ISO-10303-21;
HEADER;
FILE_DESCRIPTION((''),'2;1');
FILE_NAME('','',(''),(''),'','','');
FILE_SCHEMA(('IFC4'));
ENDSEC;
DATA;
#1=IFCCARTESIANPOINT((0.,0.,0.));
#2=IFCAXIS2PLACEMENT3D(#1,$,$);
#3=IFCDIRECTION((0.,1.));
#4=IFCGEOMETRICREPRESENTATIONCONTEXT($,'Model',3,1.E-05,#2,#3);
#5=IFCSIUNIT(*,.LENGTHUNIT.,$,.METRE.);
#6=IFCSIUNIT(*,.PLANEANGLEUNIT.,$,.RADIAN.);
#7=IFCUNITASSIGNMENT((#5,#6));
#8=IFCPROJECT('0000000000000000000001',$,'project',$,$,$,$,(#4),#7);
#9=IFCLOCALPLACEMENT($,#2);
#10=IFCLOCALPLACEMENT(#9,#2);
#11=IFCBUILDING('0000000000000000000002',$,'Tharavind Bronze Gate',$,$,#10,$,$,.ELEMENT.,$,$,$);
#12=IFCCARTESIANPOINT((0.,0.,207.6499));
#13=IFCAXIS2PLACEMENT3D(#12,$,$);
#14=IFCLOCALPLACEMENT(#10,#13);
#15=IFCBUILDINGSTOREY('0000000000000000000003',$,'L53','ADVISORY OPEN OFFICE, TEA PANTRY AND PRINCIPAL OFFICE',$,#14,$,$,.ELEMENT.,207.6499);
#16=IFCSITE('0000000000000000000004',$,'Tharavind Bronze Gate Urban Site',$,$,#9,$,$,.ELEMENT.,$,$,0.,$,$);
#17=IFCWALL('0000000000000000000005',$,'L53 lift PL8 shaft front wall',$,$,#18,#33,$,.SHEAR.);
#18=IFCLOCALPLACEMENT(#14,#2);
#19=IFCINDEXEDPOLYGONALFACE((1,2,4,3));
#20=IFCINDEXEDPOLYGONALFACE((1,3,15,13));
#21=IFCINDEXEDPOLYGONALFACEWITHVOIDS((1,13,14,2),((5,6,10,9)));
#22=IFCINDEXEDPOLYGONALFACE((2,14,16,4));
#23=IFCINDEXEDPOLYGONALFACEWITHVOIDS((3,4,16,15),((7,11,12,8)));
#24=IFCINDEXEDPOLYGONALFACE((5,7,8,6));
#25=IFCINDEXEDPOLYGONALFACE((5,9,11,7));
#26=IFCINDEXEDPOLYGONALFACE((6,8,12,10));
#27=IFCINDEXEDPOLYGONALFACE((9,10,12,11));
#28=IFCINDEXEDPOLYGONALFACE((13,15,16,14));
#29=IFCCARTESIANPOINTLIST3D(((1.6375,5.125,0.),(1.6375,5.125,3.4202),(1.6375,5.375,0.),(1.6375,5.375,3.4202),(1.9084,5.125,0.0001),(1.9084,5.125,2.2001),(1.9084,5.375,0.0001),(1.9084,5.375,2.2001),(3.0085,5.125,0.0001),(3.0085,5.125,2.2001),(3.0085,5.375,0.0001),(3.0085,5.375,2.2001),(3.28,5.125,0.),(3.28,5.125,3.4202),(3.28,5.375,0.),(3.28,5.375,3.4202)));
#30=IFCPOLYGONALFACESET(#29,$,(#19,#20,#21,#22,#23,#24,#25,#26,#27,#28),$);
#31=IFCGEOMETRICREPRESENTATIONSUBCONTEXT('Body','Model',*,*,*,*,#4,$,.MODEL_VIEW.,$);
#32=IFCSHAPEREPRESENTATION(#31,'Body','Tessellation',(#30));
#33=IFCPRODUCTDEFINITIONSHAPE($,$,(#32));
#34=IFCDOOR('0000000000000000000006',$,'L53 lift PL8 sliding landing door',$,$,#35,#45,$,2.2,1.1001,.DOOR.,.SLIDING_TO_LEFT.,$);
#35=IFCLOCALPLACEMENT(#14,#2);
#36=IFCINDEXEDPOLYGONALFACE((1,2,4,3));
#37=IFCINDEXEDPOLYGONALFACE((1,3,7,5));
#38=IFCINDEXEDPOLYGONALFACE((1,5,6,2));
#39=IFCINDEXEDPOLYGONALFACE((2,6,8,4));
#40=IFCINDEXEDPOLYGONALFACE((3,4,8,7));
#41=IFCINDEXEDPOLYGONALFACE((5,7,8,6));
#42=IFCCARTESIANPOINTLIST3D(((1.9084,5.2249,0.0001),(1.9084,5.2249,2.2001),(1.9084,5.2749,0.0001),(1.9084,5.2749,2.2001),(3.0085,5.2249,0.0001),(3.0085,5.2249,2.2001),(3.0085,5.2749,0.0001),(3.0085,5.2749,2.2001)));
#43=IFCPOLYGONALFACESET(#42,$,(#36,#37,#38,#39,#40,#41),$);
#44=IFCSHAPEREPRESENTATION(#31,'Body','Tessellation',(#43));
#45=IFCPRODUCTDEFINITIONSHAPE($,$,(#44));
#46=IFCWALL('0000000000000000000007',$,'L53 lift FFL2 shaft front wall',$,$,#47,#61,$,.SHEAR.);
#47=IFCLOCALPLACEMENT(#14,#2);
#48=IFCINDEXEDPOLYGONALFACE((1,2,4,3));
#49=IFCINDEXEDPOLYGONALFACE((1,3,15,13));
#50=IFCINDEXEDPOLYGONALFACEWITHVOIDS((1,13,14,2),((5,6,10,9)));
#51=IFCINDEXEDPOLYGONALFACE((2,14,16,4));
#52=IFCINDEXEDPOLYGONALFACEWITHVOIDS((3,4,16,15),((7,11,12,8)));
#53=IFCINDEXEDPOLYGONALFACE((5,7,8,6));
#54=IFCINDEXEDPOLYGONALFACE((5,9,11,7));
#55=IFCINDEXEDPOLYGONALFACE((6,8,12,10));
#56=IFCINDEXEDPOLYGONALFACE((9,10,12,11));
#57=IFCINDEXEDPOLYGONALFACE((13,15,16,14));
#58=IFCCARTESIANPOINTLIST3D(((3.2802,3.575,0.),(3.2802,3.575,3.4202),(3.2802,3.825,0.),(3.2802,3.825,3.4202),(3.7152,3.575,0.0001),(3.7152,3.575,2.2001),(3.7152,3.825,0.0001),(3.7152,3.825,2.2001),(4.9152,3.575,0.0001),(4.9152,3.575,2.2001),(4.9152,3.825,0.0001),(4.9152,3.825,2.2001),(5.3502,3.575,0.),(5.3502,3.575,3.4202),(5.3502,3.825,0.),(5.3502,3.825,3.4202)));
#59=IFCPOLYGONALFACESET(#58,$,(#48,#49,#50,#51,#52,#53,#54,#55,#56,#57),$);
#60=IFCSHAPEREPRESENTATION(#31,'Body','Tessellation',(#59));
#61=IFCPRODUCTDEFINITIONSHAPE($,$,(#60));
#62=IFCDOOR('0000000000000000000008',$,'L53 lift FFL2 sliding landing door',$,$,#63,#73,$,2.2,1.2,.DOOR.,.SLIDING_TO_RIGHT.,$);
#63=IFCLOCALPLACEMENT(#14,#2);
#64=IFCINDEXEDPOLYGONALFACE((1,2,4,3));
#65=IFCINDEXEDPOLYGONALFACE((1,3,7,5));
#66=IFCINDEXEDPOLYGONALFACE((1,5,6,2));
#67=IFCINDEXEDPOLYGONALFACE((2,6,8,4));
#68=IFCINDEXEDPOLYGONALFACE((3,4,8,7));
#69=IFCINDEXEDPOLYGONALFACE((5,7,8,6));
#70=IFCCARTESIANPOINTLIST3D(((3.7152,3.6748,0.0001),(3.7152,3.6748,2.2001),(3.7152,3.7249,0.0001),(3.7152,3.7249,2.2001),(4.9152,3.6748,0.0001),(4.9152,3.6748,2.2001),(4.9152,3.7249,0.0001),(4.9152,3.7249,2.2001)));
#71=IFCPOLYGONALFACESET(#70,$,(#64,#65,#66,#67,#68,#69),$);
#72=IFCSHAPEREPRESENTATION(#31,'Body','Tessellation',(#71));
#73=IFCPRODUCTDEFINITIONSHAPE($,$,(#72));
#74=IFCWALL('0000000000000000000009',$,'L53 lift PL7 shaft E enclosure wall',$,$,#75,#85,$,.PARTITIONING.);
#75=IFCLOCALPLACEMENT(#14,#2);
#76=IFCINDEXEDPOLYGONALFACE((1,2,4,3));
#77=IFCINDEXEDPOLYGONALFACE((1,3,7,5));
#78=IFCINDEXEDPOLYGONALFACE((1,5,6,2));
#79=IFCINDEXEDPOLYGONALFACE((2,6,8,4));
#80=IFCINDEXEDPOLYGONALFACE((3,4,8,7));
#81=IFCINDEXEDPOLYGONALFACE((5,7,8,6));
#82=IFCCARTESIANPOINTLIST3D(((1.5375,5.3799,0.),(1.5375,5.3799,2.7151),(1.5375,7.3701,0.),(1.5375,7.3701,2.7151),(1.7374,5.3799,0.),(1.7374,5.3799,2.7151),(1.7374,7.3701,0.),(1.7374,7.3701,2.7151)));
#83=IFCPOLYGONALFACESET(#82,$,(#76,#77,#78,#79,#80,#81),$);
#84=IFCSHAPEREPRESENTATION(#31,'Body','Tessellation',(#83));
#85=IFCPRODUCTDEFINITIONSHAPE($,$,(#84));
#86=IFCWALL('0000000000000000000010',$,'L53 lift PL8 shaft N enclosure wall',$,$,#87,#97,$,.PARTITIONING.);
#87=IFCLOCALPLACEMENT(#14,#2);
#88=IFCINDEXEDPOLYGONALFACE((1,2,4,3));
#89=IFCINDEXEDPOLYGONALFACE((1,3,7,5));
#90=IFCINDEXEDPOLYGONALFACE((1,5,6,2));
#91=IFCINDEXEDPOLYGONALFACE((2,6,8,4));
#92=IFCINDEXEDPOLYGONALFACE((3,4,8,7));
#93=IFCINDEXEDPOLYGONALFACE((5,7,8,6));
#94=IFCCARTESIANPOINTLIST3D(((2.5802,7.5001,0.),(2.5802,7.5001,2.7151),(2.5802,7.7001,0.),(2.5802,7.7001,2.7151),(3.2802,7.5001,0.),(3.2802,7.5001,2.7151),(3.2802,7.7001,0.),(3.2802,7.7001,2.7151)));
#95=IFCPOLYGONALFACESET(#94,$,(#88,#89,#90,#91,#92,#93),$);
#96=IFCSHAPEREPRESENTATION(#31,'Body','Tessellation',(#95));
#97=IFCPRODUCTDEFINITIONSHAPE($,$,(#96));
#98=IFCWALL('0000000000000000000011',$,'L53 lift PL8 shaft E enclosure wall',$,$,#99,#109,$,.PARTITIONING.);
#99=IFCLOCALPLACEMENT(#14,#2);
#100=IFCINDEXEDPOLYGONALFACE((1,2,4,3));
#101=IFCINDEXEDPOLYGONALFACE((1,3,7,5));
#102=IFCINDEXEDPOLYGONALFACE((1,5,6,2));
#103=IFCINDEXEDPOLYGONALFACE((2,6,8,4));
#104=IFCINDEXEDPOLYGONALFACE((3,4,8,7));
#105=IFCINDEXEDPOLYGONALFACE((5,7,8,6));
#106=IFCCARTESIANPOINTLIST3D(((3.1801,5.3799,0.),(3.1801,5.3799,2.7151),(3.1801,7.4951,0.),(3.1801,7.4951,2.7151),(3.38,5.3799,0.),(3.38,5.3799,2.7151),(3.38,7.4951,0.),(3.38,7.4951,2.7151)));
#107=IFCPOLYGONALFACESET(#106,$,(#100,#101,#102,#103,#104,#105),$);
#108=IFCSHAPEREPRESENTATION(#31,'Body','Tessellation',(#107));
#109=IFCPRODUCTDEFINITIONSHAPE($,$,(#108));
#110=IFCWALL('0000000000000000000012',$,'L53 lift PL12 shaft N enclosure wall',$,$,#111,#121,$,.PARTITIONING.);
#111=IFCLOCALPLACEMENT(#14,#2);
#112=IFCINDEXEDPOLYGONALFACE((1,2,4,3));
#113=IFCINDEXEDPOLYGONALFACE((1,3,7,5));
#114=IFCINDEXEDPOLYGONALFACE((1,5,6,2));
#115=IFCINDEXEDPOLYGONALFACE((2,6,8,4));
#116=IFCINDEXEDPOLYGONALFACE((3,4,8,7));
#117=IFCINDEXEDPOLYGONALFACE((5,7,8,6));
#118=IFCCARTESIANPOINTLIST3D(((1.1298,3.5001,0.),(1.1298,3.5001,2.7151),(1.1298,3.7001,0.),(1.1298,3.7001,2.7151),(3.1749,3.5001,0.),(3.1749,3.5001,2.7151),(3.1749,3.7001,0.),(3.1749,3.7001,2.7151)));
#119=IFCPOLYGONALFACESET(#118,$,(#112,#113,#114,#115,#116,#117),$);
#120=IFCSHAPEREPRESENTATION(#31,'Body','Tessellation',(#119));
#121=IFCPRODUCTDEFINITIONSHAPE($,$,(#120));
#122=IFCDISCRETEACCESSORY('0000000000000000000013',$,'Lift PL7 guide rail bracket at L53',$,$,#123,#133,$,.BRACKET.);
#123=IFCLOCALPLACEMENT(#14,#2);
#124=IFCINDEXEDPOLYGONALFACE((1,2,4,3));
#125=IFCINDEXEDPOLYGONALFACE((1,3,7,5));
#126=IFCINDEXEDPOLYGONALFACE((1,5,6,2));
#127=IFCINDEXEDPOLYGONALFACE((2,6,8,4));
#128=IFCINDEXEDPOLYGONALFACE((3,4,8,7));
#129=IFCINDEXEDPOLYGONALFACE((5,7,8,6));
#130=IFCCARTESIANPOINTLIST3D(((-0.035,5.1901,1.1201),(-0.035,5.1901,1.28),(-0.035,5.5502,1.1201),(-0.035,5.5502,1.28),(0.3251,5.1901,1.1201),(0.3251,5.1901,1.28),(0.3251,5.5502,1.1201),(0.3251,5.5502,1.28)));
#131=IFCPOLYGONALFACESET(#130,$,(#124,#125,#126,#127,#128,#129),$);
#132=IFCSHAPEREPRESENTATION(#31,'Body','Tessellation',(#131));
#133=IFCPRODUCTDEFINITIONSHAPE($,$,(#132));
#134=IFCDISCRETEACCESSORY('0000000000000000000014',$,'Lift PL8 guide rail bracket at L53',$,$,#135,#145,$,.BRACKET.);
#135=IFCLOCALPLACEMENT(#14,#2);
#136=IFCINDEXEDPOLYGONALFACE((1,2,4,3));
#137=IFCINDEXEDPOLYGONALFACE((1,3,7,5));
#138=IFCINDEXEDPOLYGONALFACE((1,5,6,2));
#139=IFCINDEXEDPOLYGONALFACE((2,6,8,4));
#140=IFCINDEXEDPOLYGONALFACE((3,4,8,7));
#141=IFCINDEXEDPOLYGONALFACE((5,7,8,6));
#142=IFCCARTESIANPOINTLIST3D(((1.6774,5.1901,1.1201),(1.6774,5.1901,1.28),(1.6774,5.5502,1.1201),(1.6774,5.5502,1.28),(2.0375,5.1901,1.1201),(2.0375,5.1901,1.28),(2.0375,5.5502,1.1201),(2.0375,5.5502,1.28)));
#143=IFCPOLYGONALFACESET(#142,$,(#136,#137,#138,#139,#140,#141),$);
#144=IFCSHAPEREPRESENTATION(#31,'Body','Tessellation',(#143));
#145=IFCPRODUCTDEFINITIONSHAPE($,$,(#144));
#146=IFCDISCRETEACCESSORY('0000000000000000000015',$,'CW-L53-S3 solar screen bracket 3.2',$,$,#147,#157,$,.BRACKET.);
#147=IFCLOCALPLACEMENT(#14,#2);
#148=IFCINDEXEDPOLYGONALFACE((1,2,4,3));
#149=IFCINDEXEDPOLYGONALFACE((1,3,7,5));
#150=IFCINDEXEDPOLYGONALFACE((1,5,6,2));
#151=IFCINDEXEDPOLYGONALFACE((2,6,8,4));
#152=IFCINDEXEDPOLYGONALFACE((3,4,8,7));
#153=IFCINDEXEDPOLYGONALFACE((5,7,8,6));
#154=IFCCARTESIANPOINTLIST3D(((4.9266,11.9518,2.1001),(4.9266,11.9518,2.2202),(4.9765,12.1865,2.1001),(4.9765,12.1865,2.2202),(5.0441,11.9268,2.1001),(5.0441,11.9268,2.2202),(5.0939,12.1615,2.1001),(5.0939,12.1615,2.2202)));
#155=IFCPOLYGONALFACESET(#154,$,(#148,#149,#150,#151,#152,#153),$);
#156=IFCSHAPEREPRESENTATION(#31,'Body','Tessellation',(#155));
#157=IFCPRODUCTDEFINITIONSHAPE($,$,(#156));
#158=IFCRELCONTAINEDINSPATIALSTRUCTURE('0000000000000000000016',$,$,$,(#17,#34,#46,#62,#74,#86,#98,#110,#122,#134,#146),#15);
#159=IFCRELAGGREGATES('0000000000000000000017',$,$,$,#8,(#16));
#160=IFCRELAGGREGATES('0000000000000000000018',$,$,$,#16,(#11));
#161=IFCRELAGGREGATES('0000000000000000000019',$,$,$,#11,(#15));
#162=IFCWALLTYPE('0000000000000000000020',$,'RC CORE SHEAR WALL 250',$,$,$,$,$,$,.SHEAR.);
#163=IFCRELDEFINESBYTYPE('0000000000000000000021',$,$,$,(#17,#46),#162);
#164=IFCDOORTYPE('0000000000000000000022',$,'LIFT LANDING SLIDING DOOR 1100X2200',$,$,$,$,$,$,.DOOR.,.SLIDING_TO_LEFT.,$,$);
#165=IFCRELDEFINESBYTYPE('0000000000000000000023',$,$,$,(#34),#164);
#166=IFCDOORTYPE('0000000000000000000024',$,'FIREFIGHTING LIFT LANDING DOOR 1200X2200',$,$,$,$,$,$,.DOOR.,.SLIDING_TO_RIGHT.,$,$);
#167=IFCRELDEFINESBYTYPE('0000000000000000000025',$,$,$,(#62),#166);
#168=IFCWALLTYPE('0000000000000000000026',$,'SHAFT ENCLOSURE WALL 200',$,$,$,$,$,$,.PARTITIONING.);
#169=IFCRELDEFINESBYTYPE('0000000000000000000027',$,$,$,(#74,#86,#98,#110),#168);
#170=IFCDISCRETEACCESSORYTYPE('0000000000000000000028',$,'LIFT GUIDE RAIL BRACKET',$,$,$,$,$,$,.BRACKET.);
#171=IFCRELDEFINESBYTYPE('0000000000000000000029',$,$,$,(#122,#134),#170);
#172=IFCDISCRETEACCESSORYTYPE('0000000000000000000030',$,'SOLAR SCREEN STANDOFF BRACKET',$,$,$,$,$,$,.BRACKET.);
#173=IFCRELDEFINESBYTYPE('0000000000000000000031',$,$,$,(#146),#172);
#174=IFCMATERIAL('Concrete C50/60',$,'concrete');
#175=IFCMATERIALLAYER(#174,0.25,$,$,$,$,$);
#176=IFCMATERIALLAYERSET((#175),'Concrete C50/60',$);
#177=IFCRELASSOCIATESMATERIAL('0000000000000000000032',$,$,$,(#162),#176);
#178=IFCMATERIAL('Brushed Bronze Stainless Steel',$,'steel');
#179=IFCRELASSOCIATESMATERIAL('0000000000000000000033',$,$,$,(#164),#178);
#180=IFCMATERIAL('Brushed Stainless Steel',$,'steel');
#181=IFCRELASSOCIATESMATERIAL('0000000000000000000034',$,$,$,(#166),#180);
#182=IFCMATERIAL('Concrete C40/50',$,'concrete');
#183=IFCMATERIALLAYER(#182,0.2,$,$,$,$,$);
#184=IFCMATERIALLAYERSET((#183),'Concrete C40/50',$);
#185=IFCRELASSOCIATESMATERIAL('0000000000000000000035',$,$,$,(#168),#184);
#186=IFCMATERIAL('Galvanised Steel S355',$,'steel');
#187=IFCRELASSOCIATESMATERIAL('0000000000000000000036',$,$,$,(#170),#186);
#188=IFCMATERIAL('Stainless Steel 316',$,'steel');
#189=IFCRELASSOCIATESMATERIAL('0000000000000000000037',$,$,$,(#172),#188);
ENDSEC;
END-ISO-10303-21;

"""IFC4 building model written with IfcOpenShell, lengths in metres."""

from ifc_helpers import new_model, si_unit, direction, frame, frame_2d, origin, origin_2d, place, context, subcontext, project, spatial, rectangle, extrude, material, layer, layer_set, type_object, element, fill, save


model = new_model("IFC4")

# Units and contexts
model_context = context("Model", 3, precision=1e-05, world=origin(), true_north=direction((0.0, 1.0)))
body_context = subcontext(model_context, "Body", "Model", "MODEL_VIEW")
ifc_project = project(units=[si_unit("LENGTHUNIT", "METRE"), si_unit("PLANEANGLEUNIT", "RADIAN")], contexts=[model_context])

# Site, building, storey
site_placement = place(None, origin())
site = spatial("IfcSite", under=ifc_project, at=site_placement, Name="Tharavind Bronze Gate Urban Site", CompositionType="ELEMENT", RefElevation=0.0)
building_placement = place(site_placement, origin())
building = spatial("IfcBuilding", under=site, at=building_placement, Name="Tharavind Bronze Gate", CompositionType="ELEMENT")
storey_placement = place(building_placement, frame((0.0, 0.0, 207.6499)))
storey = spatial("IfcBuildingStorey", under=building, at=storey_placement, Name="L53", Description="ADVISORY OPEN OFFICE, TEA PANTRY AND PRINCIPAL OFFICE", CompositionType="ELEMENT", Elevation=207.6499)

# Walls, openings, doors
ifc_material_1 = material(Name="Concrete C50/60", Category="concrete")
ifc_layer_1 = layer(ifc_material_1, 0.25)
ifc_layer_set_1 = layer_set([ifc_layer_1], Name="Concrete C50/60")
wall_type_1 = type_object("IfcWallType", Name="RC CORE SHEAR WALL 250", PredefinedType="SHEAR", material=ifc_layer_set_1)
wall_1_placement = place(storey_placement, frame((1.6375, 5.25, 0.0), z_axis=(0.0, 0.0, 1.0), x_axis=(1.0, 0.0, 0.0)))
wall_1 = element("IfcWall", 1, at=wall_1_placement, inside=storey, type_object=wall_type_1, Name="L53 lift PL8 shaft front wall", PredefinedType="SHEAR", context=body_context, shape_type="SweptSolid", body=[
    extrude(rectangle(XDim=1.6426, YDim=0.25, at=frame_2d((0.8213, 0.0))), origin(), (0.0, 0.0, 1.0), 3.4202),
])
opening_1_placement = place(wall_1_placement, frame((0.271, 0.0, 0.0)))
opening_1 = element("IfcOpeningElement", 2, at=opening_1_placement, cuts=wall_1, PredefinedType="OPENING", context=body_context, shape_type="SweptSolid", body=[
    extrude(rectangle(XDim=1.1001, YDim=2.2, at=frame_2d((0.55, 1.1001))), frame((0.0, 0.135, 0.0), z_axis=(0.0, -1.0, 0.0), x_axis=(1.0, 0.0, 0.0)), (0.0, 0.0, 1.0), 0.27),
])
ifc_material_2 = material(Name="Brushed Bronze Stainless Steel", Category="steel")
door_type_1 = type_object("IfcDoorType", Name="LIFT LANDING SLIDING DOOR 1100X2200", OperationType="SLIDING_TO_LEFT", PredefinedType="DOOR", material=ifc_material_2)
door_1_placement = place(opening_1_placement, origin())
door_1 = element("IfcDoor", 3, at=door_1_placement, inside=storey, type_object=door_type_1, Name="L53 lift PL8 sliding landing door", OperationType="SLIDING_TO_LEFT", OverallHeight=2.2, OverallWidth=1.1001, PredefinedType="DOOR", context=body_context, shape_type="SweptSolid", body=[
    extrude(rectangle(XDim=1.1001, YDim=2.2, at=frame_2d((0.55, 1.1001))), frame((0.0, 0.0249, 0.0), z_axis=(0.0, -1.0, 0.0), x_axis=(1.0, 0.0, 0.0)), (0.0, 0.0, 1.0), 0.05),
])
fill(opening_1, door_1)
wall_2_placement = place(storey_placement, frame((3.28, 3.7, 0.0), z_axis=(0.0, 0.0, 1.0), x_axis=(1.0, 0.0, 0.0)))
wall_2 = element("IfcWall", 4, at=wall_2_placement, inside=storey, type_object=wall_type_1, Name="L53 lift FFL2 shaft front wall", PredefinedType="SHEAR", context=body_context, shape_type="SweptSolid", body=[
    extrude(rectangle(XDim=2.0701, YDim=0.25, at=frame_2d((1.0352, 0.0))), origin(), (0.0, 0.0, 1.0), 3.4202),
])
opening_2_placement = place(wall_2_placement, frame((0.4351, 0.0, 0.0)))
opening_2 = element("IfcOpeningElement", 5, at=opening_2_placement, cuts=wall_2, PredefinedType="OPENING", context=body_context, shape_type="SweptSolid", body=[
    extrude(rectangle(XDim=1.2, YDim=2.2, at=frame_2d((0.6001, 1.1001))), frame((0.0, 0.135, 0.0), z_axis=(0.0, -1.0, 0.0), x_axis=(1.0, 0.0, 0.0)), (0.0, 0.0, 1.0), 0.27),
])
ifc_material_3 = material(Name="Brushed Stainless Steel", Category="steel")
door_type_2 = type_object("IfcDoorType", Name="FIREFIGHTING LIFT LANDING DOOR 1200X2200", OperationType="SLIDING_TO_RIGHT", PredefinedType="DOOR", material=ifc_material_3)
door_2_placement = place(opening_2_placement, origin())
door_2 = element("IfcDoor", 6, at=door_2_placement, inside=storey, type_object=door_type_2, Name="L53 lift FFL2 sliding landing door", OperationType="SLIDING_TO_RIGHT", OverallHeight=2.2, OverallWidth=1.2, PredefinedType="DOOR", context=body_context, shape_type="SweptSolid", body=[
    extrude(rectangle(XDim=1.2, YDim=2.2, at=frame_2d((0.6001, 1.1001))), frame((0.0, 0.0249, 0.0), z_axis=(0.0, -1.0, 0.0), x_axis=(1.0, 0.0, 0.0)), (0.0, 0.0, 1.0), 0.05),
])
fill(opening_2, door_2)

# Walls
ifc_material_4 = material(Name="Concrete C40/50", Category="concrete")
ifc_layer_2 = layer(ifc_material_4, 0.2)
ifc_layer_set_2 = layer_set([ifc_layer_2], Name="Concrete C40/50")
wall_type_2 = type_object("IfcWallType", Name="SHAFT ENCLOSURE WALL 200", PredefinedType="PARTITIONING", material=ifc_layer_set_2)
wall_3_placement = place(storey_placement, frame((1.6375, 5.3799, 0.0), z_axis=(0.0, 0.0, 1.0), x_axis=(0.0, 1.0, 0.0)))
element("IfcWall", 7, at=wall_3_placement, inside=storey, type_object=wall_type_2, Name="L53 lift PL7 shaft E enclosure wall", PredefinedType="PARTITIONING", context=body_context, shape_type="SweptSolid", body=[
    extrude(rectangle(XDim=1.9902, YDim=0.2, at=frame_2d((0.9951, 0.0))), origin(), (0.0, 0.0, 1.0), 2.7151),
])
wall_4_placement = place(storey_placement, frame((2.5801, 7.6001, 0.0), z_axis=(0.0, 0.0, 1.0), x_axis=(1.0, 0.0, 0.0)))
element("IfcWall", 8, at=wall_4_placement, inside=storey, type_object=wall_type_2, Name="L53 lift PL8 shaft N enclosure wall", PredefinedType="PARTITIONING", context=body_context, shape_type="SweptSolid", body=[
    extrude(rectangle(XDim=0.7, YDim=0.2, at=frame_2d((0.3501, 0.0))), origin(), (0.0, 0.0, 1.0), 2.7151),
])
wall_5_placement = place(storey_placement, frame((3.28, 5.3799, 0.0), z_axis=(0.0, 0.0, 1.0), x_axis=(0.0, 1.0, 0.0)))
element("IfcWall", 9, at=wall_5_placement, inside=storey, type_object=wall_type_2, Name="L53 lift PL8 shaft E enclosure wall", PredefinedType="PARTITIONING", context=body_context, shape_type="SweptSolid", body=[
    extrude(rectangle(XDim=2.1152, YDim=0.2, at=frame_2d((1.0576, 0.0))), origin(), (0.0, 0.0, 1.0), 2.7151),
])
wall_6_placement = place(storey_placement, frame((1.1299, 3.6001, 0.0), z_axis=(0.0, 0.0, 1.0), x_axis=(1.0, 0.0, 0.0)))
element("IfcWall", 10, at=wall_6_placement, inside=storey, type_object=wall_type_2, Name="L53 lift PL12 shaft N enclosure wall", PredefinedType="PARTITIONING", context=body_context, shape_type="SweptSolid", body=[
    extrude(rectangle(XDim=2.0452, YDim=0.2, at=frame_2d((1.0225, 0.0))), origin(), (0.0, 0.0, 1.0), 2.7151),
])

# Discrete accessories
ifc_material_5 = material(Name="Galvanised Steel S355", Category="steel")
discrete_accessory_type_1 = type_object("IfcDiscreteAccessoryType", Name="LIFT GUIDE RAIL BRACKET", PredefinedType="BRACKET", material=ifc_material_5)
for number, where, z_axis, x_axis, name in (
    (11, (0.145, 5.3701, 1.1201), (0.0, 0.0, 1.0), (1.0, 0.0, 0.0), "Lift PL7 guide rail bracket at L53"),
    (12, (1.8574, 5.3701, 1.1201), (0.0, 0.0, 1.0), (1.0, 0.0, 0.0), "Lift PL8 guide rail bracket at L53"),
):
    element("IfcDiscreteAccessory", number, at=place(storey_placement, frame(where, z_axis=z_axis, x_axis=x_axis)), inside=storey, type_object=discrete_accessory_type_1, Name=name, PredefinedType="BRACKET", context=body_context, shape_type="SweptSolid", body=[
        extrude(rectangle(XDim=0.3601, YDim=0.3601, at=origin_2d()), origin(), (0.0, 0.0, 1.0), 0.1599),
    ])
ifc_material_6 = material(Name="Stainless Steel 316", Category="steel")
discrete_accessory_type_2 = type_object("IfcDiscreteAccessoryType", Name="SOLAR SCREEN STANDOFF BRACKET", PredefinedType="BRACKET", material=ifc_material_6)
discrete_accessory_placement = place(storey_placement, frame((5.0103, 12.0566, 2.1001), z_axis=(0.0, 0.0, 1.0), x_axis=(-0.978148, 0.207912, 0.0)))
element("IfcDiscreteAccessory", 13, at=discrete_accessory_placement, inside=storey, type_object=discrete_accessory_type_2, Name="CW-L53-S3 solar screen bracket 3.2", PredefinedType="BRACKET", context=body_context, shape_type="SweptSolid", body=[
    extrude(rectangle(XDim=0.1201, YDim=0.24, at=origin_2d()), origin(), (0.0, 0.0, 1.0), 0.1201),
])

save(model, "model.ifc")
